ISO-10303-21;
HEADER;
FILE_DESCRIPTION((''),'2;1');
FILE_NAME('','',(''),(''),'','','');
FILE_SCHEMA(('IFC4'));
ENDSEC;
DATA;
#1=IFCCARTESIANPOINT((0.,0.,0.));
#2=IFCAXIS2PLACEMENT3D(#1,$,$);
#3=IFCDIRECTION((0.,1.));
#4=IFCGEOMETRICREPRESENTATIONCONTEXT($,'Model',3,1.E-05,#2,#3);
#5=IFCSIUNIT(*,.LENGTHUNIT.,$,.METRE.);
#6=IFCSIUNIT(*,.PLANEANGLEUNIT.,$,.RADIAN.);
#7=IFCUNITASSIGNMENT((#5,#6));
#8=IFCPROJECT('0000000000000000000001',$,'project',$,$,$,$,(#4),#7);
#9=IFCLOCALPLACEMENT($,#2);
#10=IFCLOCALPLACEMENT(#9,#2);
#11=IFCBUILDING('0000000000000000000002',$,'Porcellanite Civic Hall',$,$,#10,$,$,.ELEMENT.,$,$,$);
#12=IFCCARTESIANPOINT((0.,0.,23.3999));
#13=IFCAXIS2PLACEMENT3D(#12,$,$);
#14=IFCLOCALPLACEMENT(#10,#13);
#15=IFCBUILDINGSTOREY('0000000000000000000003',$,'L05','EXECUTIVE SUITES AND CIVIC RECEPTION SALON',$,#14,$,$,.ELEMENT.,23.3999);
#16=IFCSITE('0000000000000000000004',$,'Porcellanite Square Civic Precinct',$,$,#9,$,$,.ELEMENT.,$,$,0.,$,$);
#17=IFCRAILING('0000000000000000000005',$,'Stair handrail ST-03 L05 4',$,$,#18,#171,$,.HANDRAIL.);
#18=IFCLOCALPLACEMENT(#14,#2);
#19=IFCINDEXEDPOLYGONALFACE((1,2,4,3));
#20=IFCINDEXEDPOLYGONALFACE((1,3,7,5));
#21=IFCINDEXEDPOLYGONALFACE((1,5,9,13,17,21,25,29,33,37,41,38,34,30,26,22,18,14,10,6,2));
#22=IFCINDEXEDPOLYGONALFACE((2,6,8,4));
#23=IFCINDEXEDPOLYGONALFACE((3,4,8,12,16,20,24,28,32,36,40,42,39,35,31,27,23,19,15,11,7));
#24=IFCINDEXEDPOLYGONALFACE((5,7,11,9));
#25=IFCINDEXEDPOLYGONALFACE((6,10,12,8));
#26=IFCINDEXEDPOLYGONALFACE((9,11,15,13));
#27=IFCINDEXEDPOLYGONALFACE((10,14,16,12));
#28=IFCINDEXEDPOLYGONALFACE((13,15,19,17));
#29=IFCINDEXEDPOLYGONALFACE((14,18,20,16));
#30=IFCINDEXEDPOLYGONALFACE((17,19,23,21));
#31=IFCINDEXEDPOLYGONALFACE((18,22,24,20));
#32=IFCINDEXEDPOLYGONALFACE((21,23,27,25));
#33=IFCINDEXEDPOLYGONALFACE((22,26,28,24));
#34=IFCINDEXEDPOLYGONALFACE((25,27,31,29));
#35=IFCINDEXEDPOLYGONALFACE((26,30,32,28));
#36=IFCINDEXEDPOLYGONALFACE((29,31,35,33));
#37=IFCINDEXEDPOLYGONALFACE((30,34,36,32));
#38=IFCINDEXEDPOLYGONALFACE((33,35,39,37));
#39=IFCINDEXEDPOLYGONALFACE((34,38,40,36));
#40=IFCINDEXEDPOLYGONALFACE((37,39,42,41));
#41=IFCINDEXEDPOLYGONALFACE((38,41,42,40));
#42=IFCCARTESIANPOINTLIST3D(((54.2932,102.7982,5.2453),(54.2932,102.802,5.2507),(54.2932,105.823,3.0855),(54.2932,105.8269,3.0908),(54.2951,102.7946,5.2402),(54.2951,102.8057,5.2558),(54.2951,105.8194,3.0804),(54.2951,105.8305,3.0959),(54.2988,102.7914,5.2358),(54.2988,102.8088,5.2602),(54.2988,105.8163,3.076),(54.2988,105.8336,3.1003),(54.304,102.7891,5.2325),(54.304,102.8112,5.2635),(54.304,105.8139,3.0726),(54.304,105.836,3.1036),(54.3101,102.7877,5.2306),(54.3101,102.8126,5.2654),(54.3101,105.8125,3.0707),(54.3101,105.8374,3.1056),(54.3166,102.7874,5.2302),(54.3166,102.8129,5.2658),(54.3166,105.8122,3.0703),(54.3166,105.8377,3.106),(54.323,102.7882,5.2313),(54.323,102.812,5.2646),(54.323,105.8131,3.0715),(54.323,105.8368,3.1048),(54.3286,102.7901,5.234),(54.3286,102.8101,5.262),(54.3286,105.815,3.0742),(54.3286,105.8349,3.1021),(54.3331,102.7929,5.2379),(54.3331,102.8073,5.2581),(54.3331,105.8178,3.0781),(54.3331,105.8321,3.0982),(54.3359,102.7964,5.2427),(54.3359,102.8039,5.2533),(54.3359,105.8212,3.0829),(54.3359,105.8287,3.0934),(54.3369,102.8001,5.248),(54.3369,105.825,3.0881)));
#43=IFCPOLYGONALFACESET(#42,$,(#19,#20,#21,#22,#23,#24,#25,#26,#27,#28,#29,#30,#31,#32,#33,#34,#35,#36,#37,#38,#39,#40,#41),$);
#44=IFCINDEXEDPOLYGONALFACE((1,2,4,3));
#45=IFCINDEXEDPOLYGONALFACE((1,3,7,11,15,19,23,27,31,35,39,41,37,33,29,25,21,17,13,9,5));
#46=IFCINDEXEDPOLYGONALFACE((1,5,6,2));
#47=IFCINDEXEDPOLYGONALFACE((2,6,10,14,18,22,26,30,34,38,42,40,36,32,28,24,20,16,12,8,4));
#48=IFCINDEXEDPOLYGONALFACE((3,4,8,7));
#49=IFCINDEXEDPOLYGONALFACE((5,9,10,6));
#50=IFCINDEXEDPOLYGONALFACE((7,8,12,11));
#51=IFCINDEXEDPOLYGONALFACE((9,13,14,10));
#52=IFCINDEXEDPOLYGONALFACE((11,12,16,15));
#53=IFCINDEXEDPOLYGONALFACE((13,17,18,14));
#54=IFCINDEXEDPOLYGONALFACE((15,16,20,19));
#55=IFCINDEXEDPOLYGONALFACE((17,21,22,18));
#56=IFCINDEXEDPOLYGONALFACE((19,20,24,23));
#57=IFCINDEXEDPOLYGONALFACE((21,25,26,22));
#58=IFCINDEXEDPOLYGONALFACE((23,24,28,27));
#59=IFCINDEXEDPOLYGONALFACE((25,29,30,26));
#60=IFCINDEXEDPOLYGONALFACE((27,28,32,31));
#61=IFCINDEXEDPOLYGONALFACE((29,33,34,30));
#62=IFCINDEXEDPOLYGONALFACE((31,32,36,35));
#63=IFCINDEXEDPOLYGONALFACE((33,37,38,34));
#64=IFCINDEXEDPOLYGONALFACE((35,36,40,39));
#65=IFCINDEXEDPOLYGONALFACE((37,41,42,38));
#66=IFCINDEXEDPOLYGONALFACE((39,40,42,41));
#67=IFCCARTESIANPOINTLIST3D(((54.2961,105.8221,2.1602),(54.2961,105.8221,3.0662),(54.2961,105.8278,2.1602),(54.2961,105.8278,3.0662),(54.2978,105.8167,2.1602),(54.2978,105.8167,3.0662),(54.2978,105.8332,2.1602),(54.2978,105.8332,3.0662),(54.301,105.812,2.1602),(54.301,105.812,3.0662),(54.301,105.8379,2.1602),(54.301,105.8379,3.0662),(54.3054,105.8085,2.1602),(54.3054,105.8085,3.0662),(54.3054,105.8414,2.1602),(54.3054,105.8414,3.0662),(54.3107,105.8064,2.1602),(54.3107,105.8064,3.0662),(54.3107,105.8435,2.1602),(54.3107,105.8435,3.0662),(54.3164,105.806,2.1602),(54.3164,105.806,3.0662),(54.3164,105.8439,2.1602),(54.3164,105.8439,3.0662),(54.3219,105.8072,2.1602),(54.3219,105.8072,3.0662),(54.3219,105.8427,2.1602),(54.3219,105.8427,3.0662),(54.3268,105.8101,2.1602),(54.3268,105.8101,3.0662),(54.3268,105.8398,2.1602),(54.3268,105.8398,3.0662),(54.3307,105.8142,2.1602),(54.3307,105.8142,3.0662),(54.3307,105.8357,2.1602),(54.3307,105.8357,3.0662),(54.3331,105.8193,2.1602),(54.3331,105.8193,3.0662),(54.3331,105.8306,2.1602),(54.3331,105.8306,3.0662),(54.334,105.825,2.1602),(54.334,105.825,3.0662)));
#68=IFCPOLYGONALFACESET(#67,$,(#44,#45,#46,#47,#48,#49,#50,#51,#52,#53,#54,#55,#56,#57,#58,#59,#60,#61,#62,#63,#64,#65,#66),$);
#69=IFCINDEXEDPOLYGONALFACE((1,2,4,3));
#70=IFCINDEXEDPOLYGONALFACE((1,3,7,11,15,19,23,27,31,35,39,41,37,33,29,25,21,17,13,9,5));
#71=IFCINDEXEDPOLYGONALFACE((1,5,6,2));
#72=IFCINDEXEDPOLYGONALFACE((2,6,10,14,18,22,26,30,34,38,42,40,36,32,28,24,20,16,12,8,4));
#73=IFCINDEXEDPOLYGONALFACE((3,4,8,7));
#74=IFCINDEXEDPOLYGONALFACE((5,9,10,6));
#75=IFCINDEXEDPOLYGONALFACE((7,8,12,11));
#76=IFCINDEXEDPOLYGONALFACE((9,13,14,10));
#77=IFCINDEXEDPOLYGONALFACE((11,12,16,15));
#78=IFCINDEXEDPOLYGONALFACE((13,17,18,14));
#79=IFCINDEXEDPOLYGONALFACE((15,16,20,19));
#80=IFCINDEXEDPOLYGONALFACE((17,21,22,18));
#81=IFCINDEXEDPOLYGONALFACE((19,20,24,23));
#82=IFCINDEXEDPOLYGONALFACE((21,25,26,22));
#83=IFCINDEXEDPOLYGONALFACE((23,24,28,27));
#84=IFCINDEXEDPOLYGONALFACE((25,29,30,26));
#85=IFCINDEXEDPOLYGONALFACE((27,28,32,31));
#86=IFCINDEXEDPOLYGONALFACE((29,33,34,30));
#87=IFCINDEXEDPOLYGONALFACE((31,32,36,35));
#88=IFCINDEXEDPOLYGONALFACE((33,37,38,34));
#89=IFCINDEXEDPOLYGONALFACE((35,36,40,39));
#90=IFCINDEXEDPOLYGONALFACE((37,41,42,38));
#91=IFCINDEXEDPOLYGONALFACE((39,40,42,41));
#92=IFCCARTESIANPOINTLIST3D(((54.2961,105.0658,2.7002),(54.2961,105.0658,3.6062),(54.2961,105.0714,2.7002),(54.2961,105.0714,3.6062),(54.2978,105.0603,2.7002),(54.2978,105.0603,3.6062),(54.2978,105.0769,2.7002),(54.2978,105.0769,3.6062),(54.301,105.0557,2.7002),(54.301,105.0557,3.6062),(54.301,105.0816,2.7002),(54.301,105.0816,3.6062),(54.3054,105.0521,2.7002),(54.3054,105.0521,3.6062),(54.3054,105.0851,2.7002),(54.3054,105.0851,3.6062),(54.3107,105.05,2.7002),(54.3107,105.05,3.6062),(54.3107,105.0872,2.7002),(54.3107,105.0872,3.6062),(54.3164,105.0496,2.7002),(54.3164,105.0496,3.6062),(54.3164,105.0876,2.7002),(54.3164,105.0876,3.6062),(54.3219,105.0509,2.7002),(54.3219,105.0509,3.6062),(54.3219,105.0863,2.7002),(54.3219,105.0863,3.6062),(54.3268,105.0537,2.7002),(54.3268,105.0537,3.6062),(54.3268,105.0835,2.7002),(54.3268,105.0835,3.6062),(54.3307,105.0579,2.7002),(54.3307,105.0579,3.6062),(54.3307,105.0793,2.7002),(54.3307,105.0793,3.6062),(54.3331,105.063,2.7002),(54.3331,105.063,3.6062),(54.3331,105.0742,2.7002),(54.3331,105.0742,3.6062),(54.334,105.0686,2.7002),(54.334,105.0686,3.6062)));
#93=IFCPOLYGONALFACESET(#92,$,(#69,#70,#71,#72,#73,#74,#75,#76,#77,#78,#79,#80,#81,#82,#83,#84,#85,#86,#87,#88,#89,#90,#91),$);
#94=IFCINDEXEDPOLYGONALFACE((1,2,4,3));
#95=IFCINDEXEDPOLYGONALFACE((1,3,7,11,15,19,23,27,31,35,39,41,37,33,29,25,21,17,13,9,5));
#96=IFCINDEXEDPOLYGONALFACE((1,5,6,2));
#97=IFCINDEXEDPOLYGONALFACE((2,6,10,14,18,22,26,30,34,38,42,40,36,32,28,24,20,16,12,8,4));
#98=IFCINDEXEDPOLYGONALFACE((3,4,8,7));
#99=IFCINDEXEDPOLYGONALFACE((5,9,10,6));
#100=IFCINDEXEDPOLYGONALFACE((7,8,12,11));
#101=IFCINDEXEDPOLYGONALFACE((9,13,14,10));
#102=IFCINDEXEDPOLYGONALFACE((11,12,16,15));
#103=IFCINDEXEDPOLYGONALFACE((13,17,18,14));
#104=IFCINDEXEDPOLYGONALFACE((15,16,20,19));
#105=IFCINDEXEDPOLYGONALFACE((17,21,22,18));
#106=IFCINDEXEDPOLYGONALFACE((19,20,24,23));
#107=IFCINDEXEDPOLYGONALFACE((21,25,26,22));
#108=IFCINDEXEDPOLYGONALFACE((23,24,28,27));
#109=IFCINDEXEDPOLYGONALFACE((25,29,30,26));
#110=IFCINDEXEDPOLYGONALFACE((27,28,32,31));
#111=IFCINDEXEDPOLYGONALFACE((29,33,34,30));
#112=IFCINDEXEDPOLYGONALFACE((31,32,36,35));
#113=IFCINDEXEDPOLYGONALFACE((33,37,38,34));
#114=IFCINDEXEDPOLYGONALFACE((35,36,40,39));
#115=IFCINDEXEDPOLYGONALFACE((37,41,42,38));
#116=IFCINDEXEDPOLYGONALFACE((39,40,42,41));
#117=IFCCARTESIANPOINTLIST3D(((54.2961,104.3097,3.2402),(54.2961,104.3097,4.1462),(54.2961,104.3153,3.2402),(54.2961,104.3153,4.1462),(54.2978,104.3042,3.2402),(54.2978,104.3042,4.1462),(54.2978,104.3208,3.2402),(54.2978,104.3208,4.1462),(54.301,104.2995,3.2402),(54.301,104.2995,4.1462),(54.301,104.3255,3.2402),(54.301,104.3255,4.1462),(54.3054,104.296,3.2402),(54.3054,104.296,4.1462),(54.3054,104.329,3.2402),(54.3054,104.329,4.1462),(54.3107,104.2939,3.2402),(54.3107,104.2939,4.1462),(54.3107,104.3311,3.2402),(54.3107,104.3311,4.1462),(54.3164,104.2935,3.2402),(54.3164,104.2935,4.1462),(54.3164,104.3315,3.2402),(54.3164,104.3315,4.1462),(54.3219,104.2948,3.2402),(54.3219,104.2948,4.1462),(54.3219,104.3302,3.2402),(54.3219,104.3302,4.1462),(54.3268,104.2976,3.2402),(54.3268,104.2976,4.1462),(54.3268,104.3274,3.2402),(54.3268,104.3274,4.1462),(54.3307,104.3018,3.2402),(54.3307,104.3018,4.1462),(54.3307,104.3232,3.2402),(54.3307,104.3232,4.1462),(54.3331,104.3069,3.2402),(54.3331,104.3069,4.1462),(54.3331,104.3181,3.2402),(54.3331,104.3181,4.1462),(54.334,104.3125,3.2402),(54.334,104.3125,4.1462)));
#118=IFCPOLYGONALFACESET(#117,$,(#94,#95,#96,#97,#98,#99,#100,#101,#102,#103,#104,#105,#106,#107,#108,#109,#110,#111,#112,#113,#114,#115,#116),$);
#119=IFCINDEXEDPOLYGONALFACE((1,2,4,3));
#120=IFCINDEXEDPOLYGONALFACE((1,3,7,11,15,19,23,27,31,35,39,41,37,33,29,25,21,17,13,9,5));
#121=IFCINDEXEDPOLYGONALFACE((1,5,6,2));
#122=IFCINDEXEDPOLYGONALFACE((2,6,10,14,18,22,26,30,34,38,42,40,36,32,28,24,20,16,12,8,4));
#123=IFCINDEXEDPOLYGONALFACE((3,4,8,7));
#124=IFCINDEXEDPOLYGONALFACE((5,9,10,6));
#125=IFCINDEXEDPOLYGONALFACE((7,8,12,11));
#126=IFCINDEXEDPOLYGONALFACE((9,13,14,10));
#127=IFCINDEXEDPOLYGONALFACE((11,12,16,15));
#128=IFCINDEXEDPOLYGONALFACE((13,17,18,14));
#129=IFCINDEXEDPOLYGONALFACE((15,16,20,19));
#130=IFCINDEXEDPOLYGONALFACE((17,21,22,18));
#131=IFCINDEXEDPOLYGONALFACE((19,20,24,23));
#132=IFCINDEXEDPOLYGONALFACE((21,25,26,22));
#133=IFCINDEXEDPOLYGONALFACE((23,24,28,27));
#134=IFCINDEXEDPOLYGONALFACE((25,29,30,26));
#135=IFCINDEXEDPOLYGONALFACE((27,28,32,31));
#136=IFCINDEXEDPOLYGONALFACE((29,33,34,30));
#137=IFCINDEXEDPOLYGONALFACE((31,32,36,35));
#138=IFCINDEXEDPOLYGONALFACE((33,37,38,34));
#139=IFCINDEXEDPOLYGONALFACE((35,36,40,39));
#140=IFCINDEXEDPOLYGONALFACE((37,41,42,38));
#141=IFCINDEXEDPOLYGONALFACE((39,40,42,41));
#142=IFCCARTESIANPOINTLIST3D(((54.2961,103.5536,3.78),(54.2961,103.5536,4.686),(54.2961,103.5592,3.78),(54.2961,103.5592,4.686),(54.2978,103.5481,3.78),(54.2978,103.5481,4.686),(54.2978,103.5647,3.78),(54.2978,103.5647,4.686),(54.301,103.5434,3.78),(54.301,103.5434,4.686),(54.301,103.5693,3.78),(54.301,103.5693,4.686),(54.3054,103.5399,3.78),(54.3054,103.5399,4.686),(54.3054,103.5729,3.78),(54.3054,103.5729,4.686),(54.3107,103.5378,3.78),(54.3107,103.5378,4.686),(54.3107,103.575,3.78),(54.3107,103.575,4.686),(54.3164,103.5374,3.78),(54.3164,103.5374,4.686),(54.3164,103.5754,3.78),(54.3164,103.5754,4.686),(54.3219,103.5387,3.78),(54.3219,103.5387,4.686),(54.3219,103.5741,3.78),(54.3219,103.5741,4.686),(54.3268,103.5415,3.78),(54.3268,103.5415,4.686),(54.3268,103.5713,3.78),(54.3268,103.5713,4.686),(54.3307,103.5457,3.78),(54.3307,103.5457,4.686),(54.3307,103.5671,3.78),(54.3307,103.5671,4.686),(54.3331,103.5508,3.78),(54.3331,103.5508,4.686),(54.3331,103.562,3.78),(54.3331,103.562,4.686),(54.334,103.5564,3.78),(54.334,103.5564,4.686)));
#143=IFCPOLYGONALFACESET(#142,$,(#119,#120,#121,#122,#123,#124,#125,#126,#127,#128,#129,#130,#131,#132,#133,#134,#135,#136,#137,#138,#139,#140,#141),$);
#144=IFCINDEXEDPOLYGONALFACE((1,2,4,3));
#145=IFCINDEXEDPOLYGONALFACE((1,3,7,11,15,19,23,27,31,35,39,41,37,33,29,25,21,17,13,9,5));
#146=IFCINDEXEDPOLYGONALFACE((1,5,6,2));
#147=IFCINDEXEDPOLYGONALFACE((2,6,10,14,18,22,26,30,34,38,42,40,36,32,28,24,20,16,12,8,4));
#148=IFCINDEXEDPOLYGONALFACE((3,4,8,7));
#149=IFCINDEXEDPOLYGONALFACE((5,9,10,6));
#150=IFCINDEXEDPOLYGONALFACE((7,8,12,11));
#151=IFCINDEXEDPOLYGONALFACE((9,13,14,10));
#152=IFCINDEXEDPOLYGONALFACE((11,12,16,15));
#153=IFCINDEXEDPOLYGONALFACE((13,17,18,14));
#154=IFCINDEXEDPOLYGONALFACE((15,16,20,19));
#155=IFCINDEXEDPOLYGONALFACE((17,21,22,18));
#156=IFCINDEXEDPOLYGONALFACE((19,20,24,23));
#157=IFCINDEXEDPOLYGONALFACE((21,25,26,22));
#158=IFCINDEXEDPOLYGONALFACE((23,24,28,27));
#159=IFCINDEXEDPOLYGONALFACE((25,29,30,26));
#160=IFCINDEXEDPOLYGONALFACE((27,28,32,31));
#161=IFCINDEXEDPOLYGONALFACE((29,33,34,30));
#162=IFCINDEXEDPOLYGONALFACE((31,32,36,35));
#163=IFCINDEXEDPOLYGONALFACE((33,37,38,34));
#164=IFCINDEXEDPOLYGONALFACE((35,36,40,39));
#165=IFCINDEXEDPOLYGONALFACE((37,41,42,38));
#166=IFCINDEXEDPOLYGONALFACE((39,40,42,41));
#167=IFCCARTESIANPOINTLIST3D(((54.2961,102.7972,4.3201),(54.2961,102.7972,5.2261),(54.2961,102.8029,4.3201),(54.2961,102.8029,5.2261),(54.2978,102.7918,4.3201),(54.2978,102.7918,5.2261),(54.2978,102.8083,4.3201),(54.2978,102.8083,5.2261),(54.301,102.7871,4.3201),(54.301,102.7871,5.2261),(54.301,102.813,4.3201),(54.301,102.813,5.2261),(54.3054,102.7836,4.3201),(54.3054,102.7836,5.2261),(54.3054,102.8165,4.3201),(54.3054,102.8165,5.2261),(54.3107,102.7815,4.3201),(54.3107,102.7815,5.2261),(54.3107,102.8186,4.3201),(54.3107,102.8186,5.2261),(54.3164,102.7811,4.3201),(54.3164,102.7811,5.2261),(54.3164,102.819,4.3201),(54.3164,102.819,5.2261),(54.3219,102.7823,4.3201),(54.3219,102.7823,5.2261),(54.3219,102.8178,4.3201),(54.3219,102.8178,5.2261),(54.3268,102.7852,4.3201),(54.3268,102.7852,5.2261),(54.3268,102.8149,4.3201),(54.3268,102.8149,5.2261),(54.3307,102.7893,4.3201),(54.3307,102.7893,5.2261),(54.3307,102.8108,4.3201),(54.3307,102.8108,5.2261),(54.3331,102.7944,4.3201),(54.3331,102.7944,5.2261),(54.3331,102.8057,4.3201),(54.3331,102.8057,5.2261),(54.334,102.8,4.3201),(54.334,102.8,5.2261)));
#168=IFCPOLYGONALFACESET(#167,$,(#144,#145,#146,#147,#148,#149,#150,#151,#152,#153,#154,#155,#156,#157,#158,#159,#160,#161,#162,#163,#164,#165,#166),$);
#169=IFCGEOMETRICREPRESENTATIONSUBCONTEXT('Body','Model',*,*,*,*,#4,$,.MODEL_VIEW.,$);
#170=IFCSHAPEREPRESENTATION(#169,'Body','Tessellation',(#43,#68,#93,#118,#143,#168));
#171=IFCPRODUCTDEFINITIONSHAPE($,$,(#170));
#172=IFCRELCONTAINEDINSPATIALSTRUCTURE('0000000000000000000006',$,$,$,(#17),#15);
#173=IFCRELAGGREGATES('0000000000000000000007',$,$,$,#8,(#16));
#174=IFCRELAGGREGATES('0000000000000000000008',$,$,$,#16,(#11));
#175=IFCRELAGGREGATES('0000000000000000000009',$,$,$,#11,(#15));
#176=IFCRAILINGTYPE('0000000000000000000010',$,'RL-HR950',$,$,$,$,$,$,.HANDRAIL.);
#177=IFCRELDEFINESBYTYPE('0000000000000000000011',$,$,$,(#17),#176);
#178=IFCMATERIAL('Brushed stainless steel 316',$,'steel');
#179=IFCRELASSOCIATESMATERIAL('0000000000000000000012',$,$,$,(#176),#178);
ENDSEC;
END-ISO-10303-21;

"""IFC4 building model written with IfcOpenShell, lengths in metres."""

from ifc_helpers import new_model, si_unit, direction, frame, origin, origin_2d, place, context, subcontext, project, spatial, circle, extrude, material, type_object, element, save


model = new_model("IFC4")

# Units and contexts
model_context = context("Model", 3, precision=1e-05, world=origin(), true_north=direction((0.0, 1.0)))
body_context = subcontext(model_context, "Body", "Model", "MODEL_VIEW")
ifc_project = project(units=[si_unit("LENGTHUNIT", "METRE"), si_unit("PLANEANGLEUNIT", "RADIAN")], contexts=[model_context])

# Site, building, storey
site_placement = place(None, origin())
site = spatial("IfcSite", under=ifc_project, at=site_placement, Name="Porcellanite Square Civic Precinct", CompositionType="ELEMENT", RefElevation=0.0)
building_placement = place(site_placement, origin())
building = spatial("IfcBuilding", under=site, at=building_placement, Name="Porcellanite Civic Hall", CompositionType="ELEMENT")
storey_placement = place(building_placement, frame((0.0, 0.0, 23.3999)))
storey = spatial("IfcBuildingStorey", under=building, at=storey_placement, Name="L05", Description="EXECUTIVE SUITES AND CIVIC RECEPTION SALON", CompositionType="ELEMENT", Elevation=23.3999)

# Railing
ifc_material_1 = material(Name="Brushed stainless steel 316", Category="steel")
railing_type_1 = type_object("IfcRailingType", Name="RL-HR950", PredefinedType="HANDRAIL", material=ifc_material_1)
railing_1_placement = place(storey_placement, frame((54.3149, 105.825, 2.1602)))
element("IfcRailing", 1, at=railing_1_placement, inside=storey, type_object=railing_type_1, Name="Stair handrail ST-03 L05 4", PredefinedType="HANDRAIL", context=body_context, shape_type="SweptSolid", body=[
    extrude(circle(Radius=0.022, at=origin_2d()), frame((0.0, 0.0, 0.928), z_axis=(0.0, -0.813827, 0.581108), x_axis=(1.0, 0.0, 0.0)), (0.0, 0.0, 1.0), 3.7168),
    extrude(circle(Radius=0.019, at=origin_2d()), origin(), (0.0, 0.0, 1.0), 0.906),
    extrude(circle(Radius=0.019, at=origin_2d()), frame((0.0, -0.7563, 0.54)), (0.0, 0.0, 1.0), 0.906),
    extrude(circle(Radius=0.019, at=origin_2d()), frame((0.0, -1.5125, 1.0801)), (0.0, 0.0, 1.0), 0.906),
    extrude(circle(Radius=0.019, at=origin_2d()), frame((0.0, -2.2686, 1.6199)), (0.0, 0.0, 1.0), 0.906),
    extrude(circle(Radius=0.019, at=origin_2d()), frame((0.0, -3.0249, 2.1599)), (0.0, 0.0, 1.0), 0.906),
])

save(model, "model.ifc")
